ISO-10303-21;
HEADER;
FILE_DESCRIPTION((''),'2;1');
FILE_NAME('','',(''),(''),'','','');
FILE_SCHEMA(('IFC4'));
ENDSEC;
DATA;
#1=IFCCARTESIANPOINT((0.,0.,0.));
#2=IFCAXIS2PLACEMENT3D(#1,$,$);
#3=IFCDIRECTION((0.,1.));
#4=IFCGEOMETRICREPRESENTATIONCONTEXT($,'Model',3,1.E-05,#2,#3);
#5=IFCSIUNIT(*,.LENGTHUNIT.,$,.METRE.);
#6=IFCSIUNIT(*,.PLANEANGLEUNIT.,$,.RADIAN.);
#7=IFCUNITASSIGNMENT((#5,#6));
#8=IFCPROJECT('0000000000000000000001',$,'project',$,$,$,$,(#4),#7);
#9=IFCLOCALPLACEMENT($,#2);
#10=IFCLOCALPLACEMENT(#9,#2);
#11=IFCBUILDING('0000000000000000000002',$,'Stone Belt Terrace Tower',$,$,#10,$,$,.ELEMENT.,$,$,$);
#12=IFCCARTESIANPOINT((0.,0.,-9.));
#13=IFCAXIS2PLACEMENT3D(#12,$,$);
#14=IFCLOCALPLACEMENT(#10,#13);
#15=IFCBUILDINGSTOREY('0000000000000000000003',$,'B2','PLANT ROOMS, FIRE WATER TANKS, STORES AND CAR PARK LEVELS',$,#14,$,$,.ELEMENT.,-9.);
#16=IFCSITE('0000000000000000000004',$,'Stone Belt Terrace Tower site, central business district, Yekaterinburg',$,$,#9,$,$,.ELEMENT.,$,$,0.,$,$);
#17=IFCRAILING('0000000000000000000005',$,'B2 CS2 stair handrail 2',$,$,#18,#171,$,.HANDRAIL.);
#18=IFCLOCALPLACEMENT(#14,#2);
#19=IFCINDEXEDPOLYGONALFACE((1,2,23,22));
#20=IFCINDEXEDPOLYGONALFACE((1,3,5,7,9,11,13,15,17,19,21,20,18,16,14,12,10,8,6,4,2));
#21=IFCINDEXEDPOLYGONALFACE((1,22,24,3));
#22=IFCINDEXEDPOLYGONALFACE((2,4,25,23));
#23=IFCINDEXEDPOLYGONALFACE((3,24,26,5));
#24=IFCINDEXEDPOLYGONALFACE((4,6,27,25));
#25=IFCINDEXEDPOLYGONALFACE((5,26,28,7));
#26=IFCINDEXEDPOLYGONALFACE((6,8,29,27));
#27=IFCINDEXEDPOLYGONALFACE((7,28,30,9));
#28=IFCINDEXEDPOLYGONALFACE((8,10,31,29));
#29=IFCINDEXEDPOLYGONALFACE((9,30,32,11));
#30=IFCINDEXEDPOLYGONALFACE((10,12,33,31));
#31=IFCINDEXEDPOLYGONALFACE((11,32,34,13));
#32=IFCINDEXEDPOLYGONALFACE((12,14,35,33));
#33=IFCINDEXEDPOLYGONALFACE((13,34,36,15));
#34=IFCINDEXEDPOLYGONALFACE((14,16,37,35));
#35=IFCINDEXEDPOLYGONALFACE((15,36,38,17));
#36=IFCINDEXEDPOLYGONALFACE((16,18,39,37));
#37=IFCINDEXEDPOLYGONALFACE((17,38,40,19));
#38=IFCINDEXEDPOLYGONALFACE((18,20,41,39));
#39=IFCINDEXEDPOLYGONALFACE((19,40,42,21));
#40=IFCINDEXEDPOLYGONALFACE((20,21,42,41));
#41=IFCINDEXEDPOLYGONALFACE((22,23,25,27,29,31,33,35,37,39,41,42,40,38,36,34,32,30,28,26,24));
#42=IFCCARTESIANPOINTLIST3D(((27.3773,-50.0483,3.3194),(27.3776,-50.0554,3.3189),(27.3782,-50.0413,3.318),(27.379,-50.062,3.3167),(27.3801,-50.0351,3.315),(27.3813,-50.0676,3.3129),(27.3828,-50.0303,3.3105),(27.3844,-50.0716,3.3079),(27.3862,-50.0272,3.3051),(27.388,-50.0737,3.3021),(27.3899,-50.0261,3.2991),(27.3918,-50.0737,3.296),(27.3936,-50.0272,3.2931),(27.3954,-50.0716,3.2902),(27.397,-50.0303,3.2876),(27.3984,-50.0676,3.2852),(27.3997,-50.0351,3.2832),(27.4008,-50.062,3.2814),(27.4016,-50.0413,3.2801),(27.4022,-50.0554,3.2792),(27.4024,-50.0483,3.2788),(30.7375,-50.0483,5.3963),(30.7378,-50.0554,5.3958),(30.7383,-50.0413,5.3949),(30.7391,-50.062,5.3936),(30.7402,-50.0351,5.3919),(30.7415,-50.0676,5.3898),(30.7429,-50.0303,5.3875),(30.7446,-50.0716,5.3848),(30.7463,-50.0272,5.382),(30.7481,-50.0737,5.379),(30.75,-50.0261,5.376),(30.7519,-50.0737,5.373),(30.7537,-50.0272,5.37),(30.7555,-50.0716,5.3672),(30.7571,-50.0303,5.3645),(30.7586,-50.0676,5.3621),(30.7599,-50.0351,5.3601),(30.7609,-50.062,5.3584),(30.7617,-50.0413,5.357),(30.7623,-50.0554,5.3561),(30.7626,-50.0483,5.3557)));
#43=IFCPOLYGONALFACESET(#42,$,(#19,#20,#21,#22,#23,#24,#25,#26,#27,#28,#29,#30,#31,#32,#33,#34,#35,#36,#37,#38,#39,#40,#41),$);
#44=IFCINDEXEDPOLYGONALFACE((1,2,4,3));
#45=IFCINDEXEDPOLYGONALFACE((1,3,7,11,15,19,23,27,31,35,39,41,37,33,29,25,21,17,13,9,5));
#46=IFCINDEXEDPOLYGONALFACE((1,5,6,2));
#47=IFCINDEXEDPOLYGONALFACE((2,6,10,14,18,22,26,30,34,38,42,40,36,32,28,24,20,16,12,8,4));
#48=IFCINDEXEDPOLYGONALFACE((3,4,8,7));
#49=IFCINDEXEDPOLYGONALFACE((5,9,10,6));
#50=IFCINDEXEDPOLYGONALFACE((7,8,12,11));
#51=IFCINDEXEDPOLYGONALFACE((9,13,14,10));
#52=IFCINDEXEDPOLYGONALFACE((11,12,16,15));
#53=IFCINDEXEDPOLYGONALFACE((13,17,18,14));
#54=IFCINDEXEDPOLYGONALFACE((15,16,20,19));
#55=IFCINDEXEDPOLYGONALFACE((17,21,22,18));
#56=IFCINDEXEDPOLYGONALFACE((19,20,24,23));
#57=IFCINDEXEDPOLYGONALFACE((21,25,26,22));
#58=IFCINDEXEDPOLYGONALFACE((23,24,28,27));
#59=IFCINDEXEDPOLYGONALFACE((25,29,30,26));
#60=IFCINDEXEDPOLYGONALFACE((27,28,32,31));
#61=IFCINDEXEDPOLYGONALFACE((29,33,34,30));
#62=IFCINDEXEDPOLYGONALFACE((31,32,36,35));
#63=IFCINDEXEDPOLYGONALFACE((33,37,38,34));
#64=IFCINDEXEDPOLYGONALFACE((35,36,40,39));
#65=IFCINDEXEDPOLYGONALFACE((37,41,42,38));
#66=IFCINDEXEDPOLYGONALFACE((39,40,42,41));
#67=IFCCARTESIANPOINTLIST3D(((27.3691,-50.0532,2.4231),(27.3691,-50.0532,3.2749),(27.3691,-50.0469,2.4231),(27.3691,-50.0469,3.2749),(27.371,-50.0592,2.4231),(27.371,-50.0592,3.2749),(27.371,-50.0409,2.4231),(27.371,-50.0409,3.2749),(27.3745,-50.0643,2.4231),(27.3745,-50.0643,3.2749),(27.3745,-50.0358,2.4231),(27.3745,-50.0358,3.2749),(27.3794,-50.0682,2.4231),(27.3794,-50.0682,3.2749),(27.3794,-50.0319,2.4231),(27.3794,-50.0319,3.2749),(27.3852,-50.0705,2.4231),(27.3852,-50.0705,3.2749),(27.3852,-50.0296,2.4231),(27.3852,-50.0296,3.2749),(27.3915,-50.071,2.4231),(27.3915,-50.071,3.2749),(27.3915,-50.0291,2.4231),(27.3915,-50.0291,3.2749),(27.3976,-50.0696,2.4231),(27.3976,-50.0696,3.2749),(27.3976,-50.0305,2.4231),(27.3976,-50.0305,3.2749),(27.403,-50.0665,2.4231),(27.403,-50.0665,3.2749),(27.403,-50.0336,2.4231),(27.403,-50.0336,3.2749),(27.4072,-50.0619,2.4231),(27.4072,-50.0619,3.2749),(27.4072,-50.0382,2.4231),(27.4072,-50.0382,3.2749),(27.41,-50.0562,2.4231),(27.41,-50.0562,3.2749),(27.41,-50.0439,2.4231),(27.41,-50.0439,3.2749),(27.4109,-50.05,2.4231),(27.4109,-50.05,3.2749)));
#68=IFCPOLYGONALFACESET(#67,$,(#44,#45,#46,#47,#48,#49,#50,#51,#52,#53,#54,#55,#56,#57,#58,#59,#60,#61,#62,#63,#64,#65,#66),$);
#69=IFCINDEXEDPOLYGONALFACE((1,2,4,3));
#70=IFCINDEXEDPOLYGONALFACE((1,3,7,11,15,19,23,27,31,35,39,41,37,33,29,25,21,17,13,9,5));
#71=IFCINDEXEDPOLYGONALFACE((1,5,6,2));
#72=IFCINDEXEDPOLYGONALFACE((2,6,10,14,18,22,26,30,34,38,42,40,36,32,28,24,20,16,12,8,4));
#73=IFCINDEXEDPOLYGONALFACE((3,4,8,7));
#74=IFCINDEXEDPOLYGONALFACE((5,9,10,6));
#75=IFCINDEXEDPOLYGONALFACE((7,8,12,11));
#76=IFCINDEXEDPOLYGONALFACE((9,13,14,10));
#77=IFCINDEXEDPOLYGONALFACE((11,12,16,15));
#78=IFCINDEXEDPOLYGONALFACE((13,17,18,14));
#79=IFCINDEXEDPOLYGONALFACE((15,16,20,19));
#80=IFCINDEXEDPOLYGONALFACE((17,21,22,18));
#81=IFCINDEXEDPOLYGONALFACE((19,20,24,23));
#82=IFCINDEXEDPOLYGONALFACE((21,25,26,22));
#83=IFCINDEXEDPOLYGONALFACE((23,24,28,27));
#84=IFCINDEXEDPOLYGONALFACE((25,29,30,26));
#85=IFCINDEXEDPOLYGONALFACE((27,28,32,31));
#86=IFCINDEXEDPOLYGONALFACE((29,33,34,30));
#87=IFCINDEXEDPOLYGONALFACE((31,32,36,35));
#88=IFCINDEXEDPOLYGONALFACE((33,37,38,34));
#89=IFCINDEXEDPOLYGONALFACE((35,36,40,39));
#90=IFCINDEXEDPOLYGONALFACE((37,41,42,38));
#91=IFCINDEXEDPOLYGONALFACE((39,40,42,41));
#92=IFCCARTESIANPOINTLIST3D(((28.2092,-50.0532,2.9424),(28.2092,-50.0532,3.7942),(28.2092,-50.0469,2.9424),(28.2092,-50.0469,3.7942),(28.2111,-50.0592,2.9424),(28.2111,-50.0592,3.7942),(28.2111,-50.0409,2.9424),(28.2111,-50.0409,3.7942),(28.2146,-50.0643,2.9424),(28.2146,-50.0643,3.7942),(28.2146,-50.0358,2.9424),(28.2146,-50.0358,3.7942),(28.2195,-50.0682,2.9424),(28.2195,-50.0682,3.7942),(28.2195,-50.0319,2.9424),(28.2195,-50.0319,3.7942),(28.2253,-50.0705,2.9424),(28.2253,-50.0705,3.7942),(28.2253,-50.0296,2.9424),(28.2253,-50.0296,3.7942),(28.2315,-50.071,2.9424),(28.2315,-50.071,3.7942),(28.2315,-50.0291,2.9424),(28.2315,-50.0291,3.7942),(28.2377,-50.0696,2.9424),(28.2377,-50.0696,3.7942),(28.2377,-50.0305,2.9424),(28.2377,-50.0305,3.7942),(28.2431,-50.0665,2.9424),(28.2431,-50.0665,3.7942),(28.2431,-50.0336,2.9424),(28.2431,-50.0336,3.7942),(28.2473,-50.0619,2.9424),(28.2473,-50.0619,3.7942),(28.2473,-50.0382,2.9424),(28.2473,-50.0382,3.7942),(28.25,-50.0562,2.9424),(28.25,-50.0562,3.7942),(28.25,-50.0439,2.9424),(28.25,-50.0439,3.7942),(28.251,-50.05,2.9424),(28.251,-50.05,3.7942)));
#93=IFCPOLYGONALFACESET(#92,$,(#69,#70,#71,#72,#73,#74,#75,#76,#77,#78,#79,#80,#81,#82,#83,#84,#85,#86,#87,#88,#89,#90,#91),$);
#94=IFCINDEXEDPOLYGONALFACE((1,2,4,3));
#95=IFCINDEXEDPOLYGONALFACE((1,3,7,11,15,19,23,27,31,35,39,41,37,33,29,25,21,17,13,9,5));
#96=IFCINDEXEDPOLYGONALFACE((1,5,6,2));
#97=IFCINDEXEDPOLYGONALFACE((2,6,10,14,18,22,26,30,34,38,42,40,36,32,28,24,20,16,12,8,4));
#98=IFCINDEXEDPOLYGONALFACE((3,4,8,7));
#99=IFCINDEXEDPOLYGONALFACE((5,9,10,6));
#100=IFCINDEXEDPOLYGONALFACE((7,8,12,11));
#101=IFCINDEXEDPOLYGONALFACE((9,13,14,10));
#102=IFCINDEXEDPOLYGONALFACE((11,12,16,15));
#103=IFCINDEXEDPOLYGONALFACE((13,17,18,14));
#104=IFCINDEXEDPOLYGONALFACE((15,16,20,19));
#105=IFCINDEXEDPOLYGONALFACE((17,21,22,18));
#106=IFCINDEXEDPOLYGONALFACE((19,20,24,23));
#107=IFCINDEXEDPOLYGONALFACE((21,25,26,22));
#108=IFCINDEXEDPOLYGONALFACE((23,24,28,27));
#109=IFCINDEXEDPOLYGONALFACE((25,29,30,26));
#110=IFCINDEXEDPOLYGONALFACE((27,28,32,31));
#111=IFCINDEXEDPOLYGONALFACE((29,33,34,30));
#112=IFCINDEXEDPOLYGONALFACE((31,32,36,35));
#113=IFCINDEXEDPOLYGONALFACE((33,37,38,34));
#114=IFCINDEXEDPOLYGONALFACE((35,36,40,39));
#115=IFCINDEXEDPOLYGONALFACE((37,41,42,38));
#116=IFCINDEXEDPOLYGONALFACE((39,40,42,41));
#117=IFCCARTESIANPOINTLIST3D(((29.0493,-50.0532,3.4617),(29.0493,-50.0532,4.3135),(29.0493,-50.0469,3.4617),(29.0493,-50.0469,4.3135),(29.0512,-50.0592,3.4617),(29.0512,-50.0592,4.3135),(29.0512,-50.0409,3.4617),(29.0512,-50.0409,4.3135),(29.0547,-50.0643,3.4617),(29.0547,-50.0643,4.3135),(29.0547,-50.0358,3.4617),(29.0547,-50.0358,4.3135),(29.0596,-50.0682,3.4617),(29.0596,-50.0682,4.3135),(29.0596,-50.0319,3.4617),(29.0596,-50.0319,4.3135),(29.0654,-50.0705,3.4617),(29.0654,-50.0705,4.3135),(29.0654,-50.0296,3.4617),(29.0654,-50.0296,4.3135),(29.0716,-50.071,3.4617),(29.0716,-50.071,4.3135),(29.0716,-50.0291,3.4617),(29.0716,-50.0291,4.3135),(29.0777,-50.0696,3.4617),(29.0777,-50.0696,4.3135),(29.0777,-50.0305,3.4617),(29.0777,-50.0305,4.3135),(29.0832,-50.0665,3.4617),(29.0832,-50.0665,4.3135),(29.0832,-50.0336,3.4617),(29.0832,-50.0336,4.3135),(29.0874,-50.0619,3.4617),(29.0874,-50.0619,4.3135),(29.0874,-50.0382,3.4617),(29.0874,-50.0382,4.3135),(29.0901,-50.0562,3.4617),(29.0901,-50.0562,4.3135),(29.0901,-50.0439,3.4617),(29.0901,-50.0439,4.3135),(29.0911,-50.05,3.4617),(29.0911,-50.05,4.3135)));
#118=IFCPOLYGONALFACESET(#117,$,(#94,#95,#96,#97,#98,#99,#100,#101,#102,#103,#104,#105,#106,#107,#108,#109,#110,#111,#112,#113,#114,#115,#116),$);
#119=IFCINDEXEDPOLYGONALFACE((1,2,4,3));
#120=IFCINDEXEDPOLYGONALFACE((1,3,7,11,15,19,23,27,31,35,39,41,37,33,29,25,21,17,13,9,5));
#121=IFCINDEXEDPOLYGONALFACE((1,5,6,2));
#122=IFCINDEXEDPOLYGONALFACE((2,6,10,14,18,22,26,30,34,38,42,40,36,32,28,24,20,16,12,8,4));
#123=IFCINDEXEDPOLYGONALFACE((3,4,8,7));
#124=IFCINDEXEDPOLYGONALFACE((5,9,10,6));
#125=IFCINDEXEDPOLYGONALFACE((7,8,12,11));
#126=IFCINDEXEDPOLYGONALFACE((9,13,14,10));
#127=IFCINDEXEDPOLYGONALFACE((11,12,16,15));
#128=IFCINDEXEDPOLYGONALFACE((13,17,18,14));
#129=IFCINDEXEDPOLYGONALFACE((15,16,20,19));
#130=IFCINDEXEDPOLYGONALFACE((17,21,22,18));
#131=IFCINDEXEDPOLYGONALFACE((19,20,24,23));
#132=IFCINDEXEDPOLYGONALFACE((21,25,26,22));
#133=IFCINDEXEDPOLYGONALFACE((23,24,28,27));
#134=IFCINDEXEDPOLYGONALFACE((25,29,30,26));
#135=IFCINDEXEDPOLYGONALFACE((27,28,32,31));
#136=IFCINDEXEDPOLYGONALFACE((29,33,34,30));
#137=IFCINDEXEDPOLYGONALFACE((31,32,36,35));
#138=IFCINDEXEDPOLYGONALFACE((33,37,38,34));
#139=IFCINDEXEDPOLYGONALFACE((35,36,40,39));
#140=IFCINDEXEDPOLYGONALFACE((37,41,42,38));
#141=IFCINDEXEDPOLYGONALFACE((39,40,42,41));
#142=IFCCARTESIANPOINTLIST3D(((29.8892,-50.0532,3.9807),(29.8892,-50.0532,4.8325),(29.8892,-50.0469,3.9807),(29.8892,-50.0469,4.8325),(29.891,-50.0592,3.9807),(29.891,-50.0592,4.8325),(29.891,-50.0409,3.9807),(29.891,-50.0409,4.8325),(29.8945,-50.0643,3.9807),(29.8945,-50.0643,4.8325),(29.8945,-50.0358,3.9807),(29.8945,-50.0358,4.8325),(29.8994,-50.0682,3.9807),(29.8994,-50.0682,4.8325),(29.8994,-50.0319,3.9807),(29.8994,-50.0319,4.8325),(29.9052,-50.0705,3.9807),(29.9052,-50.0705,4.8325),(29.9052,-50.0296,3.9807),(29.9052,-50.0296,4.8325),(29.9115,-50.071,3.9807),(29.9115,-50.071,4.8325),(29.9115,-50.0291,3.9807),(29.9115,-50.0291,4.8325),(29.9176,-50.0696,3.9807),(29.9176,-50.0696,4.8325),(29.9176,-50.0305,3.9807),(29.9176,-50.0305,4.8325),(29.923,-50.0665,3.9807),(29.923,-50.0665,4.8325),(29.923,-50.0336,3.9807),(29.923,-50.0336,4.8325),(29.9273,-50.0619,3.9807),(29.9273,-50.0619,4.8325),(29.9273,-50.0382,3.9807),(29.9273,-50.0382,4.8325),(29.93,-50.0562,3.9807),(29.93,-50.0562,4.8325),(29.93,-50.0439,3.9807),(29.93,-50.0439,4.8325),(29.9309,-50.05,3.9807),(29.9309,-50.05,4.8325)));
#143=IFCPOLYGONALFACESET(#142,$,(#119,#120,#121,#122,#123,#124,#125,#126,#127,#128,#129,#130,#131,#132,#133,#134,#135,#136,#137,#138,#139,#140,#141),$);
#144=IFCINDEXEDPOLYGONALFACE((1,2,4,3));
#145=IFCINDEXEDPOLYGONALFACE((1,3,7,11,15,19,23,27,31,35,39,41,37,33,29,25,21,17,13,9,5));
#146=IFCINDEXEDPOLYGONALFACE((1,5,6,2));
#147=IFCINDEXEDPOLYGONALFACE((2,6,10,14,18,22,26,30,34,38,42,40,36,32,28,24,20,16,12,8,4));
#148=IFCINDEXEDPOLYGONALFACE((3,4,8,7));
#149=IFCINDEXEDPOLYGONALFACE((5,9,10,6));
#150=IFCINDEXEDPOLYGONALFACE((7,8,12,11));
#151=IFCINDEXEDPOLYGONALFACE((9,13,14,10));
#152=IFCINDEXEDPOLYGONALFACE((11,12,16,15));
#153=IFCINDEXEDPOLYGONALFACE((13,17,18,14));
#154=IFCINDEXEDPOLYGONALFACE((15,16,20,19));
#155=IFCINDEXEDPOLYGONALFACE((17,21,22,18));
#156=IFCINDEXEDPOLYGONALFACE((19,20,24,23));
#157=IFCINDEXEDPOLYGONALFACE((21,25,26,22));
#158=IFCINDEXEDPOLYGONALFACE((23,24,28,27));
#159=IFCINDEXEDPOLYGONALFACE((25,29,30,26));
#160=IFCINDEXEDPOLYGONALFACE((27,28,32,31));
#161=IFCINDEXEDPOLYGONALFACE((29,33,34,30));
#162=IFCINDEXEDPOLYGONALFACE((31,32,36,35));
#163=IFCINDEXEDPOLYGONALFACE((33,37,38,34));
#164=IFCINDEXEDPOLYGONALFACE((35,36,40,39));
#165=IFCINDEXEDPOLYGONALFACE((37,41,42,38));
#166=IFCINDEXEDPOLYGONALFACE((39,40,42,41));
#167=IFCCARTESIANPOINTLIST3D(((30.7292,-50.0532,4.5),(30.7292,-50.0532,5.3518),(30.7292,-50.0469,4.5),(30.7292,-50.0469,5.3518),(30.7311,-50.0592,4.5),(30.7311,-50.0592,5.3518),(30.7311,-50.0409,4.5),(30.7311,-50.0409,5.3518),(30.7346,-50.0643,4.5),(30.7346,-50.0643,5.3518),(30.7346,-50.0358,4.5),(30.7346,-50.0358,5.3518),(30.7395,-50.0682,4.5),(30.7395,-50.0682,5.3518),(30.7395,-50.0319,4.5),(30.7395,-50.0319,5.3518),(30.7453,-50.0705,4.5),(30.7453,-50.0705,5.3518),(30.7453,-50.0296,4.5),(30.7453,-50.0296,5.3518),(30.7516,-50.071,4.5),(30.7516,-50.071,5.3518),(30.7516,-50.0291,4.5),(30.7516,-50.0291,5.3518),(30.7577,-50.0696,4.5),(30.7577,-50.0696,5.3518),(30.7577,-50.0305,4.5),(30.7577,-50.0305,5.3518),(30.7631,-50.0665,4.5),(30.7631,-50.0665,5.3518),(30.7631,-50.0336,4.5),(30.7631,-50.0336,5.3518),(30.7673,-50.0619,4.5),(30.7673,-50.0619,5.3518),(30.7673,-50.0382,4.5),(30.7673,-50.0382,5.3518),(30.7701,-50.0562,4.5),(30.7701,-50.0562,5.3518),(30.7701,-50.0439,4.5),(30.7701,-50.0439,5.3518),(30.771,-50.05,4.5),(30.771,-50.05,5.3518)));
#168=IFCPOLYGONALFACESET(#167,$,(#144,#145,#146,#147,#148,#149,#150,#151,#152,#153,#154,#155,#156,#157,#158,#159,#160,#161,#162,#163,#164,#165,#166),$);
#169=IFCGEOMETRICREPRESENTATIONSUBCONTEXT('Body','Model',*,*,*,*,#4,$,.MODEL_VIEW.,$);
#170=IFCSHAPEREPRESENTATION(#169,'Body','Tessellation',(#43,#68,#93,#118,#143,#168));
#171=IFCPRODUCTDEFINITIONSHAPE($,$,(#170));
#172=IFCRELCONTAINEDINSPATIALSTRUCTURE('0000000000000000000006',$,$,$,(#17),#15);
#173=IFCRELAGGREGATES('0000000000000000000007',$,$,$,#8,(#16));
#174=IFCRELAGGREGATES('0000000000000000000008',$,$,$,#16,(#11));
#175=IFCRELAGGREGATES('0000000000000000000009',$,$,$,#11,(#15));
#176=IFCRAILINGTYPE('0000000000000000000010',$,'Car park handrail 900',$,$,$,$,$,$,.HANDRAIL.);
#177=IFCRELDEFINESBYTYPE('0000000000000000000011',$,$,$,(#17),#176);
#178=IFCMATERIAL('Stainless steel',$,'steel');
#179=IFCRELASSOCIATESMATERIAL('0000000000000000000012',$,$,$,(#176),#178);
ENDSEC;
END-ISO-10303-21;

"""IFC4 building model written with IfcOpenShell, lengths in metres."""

from ifc_helpers import new_model, si_unit, direction, frame, origin, origin_2d, place, context, subcontext, project, spatial, circle, extrude, material, type_object, element, save


model = new_model("IFC4")

# Units and contexts
model_context = context("Model", 3, precision=1e-05, world=origin(), true_north=direction((0.0, 1.0)))
body_context = subcontext(model_context, "Body", "Model", "MODEL_VIEW")
ifc_project = project(units=[si_unit("LENGTHUNIT", "METRE"), si_unit("PLANEANGLEUNIT", "RADIAN")], contexts=[model_context])

# Site, building, storey
site_placement = place(None, origin())
site = spatial("IfcSite", under=ifc_project, at=site_placement, Name="Stone Belt Terrace Tower site, central business district, Yekaterinburg", CompositionType="ELEMENT", RefElevation=0.0)
building_placement = place(site_placement, origin())
building = spatial("IfcBuilding", under=site, at=building_placement, Name="Stone Belt Terrace Tower", CompositionType="ELEMENT")
storey_placement = place(building_placement, frame((0.0, 0.0, -9.0)))
storey = spatial("IfcBuildingStorey", under=building, at=storey_placement, Name="B2", Description="PLANT ROOMS, FIRE WATER TANKS, STORES AND CAR PARK LEVELS", CompositionType="ELEMENT", Elevation=-9.0)

# Railing
ifc_material_1 = material(Name="Stainless steel", Category="steel")
railing_type_1 = type_object("IfcRailingType", Name="Car park handrail 900", PredefinedType="HANDRAIL", material=ifc_material_1)
railing_1_placement = place(storey_placement, frame((27.3899, -50.05, 2.4231)))
element("IfcRailing", 1, at=railing_1_placement, inside=storey, type_object=railing_type_1, Name="B2 CS2 stair handrail 2", PredefinedType="HANDRAIL", context=body_context, shape_type="SweptSolid", body=[
    extrude(circle(Radius=0.0239, at=origin_2d()), frame((0.0, 0.0, 0.876), z_axis=(0.850623, 0.0, 0.525776), x_axis=(0.0, 1.0, 0.0)), (0.0, 0.0, 1.0), 3.9502),
    extrude(circle(Radius=0.021, at=origin_2d()), origin(), (0.0, 0.0, 1.0), 0.8518),
    extrude(circle(Radius=0.021, at=origin_2d()), frame((0.8401, 0.0, 0.5193)), (0.0, 0.0, 1.0), 0.8518),
    extrude(circle(Radius=0.021, at=origin_2d()), frame((1.6802, 0.0, 1.0386)), (0.0, 0.0, 1.0), 0.8518),
    extrude(circle(Radius=0.021, at=origin_2d()), frame((2.52, 0.0, 1.5576)), (0.0, 0.0, 1.0), 0.8518),
    extrude(circle(Radius=0.021, at=origin_2d()), frame((3.3601, 0.0, 2.0769)), (0.0, 0.0, 1.0), 0.8518),
])

save(model, "model.ifc")
